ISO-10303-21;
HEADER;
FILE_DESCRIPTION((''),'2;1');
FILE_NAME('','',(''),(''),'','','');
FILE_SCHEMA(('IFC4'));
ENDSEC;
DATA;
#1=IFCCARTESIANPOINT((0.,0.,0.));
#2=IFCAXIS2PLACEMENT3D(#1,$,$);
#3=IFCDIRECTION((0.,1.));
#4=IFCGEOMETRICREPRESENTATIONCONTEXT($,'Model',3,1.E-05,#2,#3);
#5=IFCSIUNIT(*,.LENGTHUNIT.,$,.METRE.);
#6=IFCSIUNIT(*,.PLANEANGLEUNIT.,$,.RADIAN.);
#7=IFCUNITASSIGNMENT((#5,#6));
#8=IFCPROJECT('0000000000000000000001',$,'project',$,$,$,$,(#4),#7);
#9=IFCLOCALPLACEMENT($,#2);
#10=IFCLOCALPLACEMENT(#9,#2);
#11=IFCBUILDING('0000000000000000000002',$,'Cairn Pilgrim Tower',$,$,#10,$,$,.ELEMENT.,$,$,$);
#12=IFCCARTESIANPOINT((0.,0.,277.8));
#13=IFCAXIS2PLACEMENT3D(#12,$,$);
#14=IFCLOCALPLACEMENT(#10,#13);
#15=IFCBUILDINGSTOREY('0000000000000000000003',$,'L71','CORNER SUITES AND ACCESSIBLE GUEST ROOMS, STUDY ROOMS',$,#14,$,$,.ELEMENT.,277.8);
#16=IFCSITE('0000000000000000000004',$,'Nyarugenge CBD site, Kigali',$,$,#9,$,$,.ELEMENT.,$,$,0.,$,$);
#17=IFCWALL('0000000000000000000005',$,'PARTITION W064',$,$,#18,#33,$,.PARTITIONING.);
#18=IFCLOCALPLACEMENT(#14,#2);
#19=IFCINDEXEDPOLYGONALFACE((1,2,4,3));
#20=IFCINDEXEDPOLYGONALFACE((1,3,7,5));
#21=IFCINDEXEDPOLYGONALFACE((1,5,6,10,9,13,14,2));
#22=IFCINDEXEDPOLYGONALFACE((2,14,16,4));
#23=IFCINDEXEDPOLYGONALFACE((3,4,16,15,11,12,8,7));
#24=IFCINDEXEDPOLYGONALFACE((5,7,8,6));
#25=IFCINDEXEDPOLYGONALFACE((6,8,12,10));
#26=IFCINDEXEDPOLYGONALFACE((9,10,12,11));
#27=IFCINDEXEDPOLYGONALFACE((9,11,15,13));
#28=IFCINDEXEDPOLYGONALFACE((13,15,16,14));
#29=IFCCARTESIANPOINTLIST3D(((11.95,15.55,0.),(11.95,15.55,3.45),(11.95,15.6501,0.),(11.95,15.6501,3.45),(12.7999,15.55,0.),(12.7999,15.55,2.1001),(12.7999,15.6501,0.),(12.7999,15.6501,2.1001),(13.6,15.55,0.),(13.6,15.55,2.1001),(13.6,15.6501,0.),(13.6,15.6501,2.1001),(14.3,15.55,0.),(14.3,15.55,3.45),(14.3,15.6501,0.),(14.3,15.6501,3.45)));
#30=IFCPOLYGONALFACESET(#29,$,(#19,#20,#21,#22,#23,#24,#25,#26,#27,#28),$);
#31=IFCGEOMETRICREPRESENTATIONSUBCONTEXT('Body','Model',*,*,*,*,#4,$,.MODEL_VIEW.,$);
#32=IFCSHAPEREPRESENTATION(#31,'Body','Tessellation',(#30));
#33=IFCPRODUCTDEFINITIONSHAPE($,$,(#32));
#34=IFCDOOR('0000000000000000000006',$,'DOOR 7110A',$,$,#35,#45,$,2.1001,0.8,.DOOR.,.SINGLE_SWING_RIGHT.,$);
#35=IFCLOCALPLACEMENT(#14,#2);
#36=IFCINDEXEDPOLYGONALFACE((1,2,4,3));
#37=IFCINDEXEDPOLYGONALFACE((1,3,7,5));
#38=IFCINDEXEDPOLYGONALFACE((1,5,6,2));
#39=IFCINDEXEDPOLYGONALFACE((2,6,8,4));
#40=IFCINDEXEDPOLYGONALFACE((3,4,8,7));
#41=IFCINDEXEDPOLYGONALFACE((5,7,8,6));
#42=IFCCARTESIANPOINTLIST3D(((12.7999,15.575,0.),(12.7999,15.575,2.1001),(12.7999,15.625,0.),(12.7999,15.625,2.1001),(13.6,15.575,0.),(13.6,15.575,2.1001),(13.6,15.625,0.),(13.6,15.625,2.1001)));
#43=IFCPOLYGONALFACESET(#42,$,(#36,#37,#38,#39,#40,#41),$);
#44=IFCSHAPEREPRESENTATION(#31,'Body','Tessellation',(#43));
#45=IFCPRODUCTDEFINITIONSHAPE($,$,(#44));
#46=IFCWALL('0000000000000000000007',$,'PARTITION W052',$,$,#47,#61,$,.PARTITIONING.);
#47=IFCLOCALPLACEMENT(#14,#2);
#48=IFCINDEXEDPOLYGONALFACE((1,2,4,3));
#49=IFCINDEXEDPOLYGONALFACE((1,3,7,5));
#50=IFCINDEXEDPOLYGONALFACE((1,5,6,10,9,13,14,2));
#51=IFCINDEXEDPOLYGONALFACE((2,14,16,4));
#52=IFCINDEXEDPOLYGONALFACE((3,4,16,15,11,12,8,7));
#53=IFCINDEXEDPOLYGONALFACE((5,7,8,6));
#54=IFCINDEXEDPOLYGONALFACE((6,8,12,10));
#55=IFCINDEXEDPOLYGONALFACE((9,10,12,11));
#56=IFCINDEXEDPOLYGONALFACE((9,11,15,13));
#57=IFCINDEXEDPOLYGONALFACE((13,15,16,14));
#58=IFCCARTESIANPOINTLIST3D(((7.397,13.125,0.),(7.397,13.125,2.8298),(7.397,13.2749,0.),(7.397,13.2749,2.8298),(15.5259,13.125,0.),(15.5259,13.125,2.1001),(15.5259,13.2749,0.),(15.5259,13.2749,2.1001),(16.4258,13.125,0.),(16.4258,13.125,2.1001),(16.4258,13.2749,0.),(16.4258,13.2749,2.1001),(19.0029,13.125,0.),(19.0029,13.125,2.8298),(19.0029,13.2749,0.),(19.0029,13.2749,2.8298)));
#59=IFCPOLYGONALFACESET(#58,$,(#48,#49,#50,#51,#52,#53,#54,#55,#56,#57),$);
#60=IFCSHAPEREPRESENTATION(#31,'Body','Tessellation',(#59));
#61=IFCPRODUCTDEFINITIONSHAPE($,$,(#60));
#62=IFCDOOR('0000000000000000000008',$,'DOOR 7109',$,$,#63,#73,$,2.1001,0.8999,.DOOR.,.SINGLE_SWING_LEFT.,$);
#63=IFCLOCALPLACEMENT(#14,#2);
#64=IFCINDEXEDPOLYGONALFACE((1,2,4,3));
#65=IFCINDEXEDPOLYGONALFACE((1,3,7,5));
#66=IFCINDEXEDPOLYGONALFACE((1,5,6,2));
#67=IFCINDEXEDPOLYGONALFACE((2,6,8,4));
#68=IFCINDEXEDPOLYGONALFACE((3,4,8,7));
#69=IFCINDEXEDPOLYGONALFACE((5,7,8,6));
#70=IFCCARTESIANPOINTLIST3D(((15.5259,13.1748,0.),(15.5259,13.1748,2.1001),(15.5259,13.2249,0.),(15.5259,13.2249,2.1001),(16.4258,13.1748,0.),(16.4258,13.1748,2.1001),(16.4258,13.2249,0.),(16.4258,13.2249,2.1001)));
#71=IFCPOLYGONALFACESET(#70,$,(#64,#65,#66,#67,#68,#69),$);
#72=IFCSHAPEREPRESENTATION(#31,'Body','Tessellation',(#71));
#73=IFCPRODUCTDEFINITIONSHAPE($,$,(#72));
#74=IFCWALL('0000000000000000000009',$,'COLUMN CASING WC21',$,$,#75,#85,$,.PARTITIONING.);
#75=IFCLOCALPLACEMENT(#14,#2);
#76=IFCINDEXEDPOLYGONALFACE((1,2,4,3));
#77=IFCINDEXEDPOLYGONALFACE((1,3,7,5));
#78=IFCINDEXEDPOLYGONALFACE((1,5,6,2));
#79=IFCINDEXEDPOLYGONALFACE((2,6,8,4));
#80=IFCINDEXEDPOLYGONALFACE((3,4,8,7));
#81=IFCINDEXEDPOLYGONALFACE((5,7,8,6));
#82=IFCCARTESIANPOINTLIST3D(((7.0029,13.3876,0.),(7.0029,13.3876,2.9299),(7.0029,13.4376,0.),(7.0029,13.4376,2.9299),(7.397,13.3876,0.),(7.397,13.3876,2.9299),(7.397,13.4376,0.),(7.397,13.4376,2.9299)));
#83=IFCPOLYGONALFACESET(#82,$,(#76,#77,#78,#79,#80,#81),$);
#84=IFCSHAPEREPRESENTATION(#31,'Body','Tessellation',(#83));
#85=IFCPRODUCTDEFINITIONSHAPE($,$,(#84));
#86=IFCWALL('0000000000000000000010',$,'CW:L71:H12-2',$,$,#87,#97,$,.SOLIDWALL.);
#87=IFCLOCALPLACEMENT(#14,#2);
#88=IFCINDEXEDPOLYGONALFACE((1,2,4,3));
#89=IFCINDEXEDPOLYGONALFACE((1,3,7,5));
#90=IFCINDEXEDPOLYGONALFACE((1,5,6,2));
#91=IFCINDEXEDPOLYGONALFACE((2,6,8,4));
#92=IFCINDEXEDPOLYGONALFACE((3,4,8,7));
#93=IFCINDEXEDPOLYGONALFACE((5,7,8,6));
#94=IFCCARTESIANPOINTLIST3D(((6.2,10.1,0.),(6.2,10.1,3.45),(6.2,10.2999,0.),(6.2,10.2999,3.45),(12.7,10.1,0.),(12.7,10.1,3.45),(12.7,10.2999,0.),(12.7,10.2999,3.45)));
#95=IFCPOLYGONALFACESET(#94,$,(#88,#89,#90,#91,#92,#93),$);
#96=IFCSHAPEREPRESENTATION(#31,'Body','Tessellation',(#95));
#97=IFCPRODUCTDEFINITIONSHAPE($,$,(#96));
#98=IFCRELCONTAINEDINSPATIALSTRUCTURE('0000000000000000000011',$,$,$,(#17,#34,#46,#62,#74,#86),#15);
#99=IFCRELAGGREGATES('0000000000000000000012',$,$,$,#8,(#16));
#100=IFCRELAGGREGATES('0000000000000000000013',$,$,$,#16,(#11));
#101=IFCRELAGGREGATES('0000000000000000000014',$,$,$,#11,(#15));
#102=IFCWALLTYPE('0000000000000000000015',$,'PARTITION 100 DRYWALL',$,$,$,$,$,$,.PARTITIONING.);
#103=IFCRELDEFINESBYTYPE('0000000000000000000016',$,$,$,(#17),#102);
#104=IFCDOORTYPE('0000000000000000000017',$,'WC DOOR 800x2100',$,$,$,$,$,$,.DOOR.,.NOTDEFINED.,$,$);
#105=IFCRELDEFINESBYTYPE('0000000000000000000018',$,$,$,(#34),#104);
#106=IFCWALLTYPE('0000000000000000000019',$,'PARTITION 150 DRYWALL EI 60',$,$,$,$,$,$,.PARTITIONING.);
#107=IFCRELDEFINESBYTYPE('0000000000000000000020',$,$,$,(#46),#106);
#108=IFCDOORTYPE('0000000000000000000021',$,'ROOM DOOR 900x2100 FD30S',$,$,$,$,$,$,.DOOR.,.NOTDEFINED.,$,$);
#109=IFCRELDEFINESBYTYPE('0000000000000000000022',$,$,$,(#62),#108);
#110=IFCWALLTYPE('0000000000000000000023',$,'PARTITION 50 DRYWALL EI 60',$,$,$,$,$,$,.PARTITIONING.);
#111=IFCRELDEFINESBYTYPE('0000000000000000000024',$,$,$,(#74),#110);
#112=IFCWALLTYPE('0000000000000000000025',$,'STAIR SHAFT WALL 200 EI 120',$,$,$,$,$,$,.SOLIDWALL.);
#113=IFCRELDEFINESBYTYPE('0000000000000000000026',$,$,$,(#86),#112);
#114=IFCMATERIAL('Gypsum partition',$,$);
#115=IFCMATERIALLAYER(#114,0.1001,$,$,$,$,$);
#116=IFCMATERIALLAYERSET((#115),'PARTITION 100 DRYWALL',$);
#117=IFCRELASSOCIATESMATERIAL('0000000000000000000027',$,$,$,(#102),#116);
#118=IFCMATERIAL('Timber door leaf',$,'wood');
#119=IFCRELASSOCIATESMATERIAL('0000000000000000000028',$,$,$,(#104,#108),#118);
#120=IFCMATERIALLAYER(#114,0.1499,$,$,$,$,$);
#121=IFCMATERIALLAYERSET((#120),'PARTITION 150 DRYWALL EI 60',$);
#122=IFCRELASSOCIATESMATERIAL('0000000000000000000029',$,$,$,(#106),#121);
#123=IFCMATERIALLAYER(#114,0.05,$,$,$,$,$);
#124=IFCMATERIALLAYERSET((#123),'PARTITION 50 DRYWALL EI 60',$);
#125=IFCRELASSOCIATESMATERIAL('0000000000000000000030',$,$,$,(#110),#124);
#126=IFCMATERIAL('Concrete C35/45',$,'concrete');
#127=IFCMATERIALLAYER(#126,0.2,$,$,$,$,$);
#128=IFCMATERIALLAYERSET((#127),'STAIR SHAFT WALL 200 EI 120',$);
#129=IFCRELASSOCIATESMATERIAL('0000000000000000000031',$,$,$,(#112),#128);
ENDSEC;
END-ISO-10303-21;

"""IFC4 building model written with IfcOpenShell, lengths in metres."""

from ifc_helpers import new_model, si_unit, direction, frame, frame_2d, origin, place, context, subcontext, project, spatial, rectangle, extrude, material, layer, layer_set, type_object, element, fill, save


model = new_model("IFC4")

# Units and contexts
model_context = context("Model", 3, precision=1e-05, world=origin(), true_north=direction((0.0, 1.0)))
body_context = subcontext(model_context, "Body", "Model", "MODEL_VIEW")
ifc_project = project(units=[si_unit("LENGTHUNIT", "METRE"), si_unit("PLANEANGLEUNIT", "RADIAN")], contexts=[model_context])

# Site, building, storey
site_placement = place(None, origin())
site = spatial("IfcSite", under=ifc_project, at=site_placement, Name="Nyarugenge CBD site, Kigali", CompositionType="ELEMENT", RefElevation=0.0)
building_placement = place(site_placement, origin())
building = spatial("IfcBuilding", under=site, at=building_placement, Name="Cairn Pilgrim Tower", CompositionType="ELEMENT")
storey_placement = place(building_placement, frame((0.0, 0.0, 277.8)))
storey = spatial("IfcBuildingStorey", under=building, at=storey_placement, Name="L71", Description="CORNER SUITES AND ACCESSIBLE GUEST ROOMS, STUDY ROOMS", CompositionType="ELEMENT", Elevation=277.8)

# Walls, openings, doors
ifc_material_1 = material(Name="Gypsum partition")
ifc_layer_1 = layer(ifc_material_1, 0.1001)
ifc_layer_set_1 = layer_set([ifc_layer_1], Name="PARTITION 100 DRYWALL")
wall_type_1 = type_object("IfcWallType", Name="PARTITION 100 DRYWALL", PredefinedType="PARTITIONING", material=ifc_layer_set_1)
wall_1_placement = place(storey_placement, frame((11.95, 15.6001, 0.0), z_axis=(0.0, 0.0, 1.0), x_axis=(1.0, 0.0, 0.0)))
wall_1 = element("IfcWall", 1, at=wall_1_placement, inside=storey, type_object=wall_type_1, Name="PARTITION W064", PredefinedType="PARTITIONING", context=body_context, shape_type="SweptSolid", body=[
    extrude(rectangle(XDim=2.3501, YDim=0.1001, at=frame_2d((1.175, 0.0))), origin(), (0.0, 0.0, 1.0), 3.45),
])
opening_1_placement = place(wall_1_placement, frame((0.8501, 0.0, 0.0)))
opening_1 = element("IfcOpeningElement", 2, at=opening_1_placement, cuts=wall_1, PredefinedType="OPENING", context=body_context, shape_type="SweptSolid", body=[
    extrude(rectangle(XDim=0.8, YDim=2.1001, at=frame_2d((0.3999, 1.05))), frame((0.0, 0.0601, 0.0), z_axis=(0.0, -1.0, 0.0), x_axis=(1.0, 0.0, 0.0)), (0.0, 0.0, 1.0), 0.1201),
])
ifc_material_2 = material(Name="Timber door leaf", Category="wood")
door_type_1 = type_object("IfcDoorType", Name="WC DOOR 800x2100", OperationType="NOTDEFINED", PredefinedType="DOOR", material=ifc_material_2)
door_1_placement = place(opening_1_placement, origin())
door_1 = element("IfcDoor", 3, at=door_1_placement, inside=storey, type_object=door_type_1, Name="DOOR 7110A", OperationType="SINGLE_SWING_RIGHT", OverallHeight=2.1001, OverallWidth=0.8, PredefinedType="DOOR", context=body_context, shape_type="SweptSolid", body=[
    extrude(rectangle(XDim=0.8, YDim=2.1001, at=frame_2d((0.3999, 1.05))), frame((0.0, 0.0249, 0.0), z_axis=(0.0, -1.0, 0.0), x_axis=(1.0, 0.0, 0.0)), (0.0, 0.0, 1.0), 0.05),
])
fill(opening_1, door_1)
ifc_layer_2 = layer(ifc_material_1, 0.1499)
ifc_layer_set_2 = layer_set([ifc_layer_2], Name="PARTITION 150 DRYWALL EI 60")
wall_type_2 = type_object("IfcWallType", Name="PARTITION 150 DRYWALL EI 60", PredefinedType="PARTITIONING", material=ifc_layer_set_2)
wall_2_placement = place(storey_placement, frame((7.397, 13.2, 0.0), z_axis=(0.0, 0.0, 1.0), x_axis=(1.0, 0.0, 0.0)))
wall_2 = element("IfcWall", 4, at=wall_2_placement, inside=storey, type_object=wall_type_2, Name="PARTITION W052", PredefinedType="PARTITIONING", context=body_context, shape_type="SweptSolid", body=[
    extrude(rectangle(XDim=11.606, YDim=0.1499, at=frame_2d((5.803, 0.0))), origin(), (0.0, 0.0, 1.0), 2.8298),
])
opening_2_placement = place(wall_2_placement, frame((8.1289, 0.0, 0.0)))
opening_2 = element("IfcOpeningElement", 5, at=opening_2_placement, cuts=wall_2, PredefinedType="OPENING", context=body_context, shape_type="SweptSolid", body=[
    extrude(rectangle(XDim=0.8999, YDim=2.1001, at=frame_2d((0.45, 1.05))), frame((0.0, 0.085, 0.0), z_axis=(0.0, -1.0, 0.0), x_axis=(1.0, 0.0, 0.0)), (0.0, 0.0, 1.0), 0.1699),
])
door_type_2 = type_object("IfcDoorType", Name="ROOM DOOR 900x2100 FD30S", OperationType="NOTDEFINED", PredefinedType="DOOR", material=ifc_material_2)
door_2_placement = place(opening_2_placement, origin())
door_2 = element("IfcDoor", 6, at=door_2_placement, inside=storey, type_object=door_type_2, Name="DOOR 7109", OperationType="SINGLE_SWING_LEFT", OverallHeight=2.1001, OverallWidth=0.8999, PredefinedType="DOOR", context=body_context, shape_type="SweptSolid", body=[
    extrude(rectangle(XDim=0.8999, YDim=2.1001, at=frame_2d((0.45, 1.05))), frame((0.0, 0.0249, 0.0), z_axis=(0.0, -1.0, 0.0), x_axis=(1.0, 0.0, 0.0)), (0.0, 0.0, 1.0), 0.05),
])
fill(opening_2, door_2)

# Walls
ifc_layer_3 = layer(ifc_material_1, 0.05)
ifc_layer_set_3 = layer_set([ifc_layer_3], Name="PARTITION 50 DRYWALL EI 60")
wall_type_3 = type_object("IfcWallType", Name="PARTITION 50 DRYWALL EI 60", PredefinedType="PARTITIONING", material=ifc_layer_set_3)
wall_3_placement = place(storey_placement, frame((7.0029, 13.4126, 0.0), z_axis=(0.0, 0.0, 1.0), x_axis=(1.0, 0.0, 0.0)))
element("IfcWall", 7, at=wall_3_placement, inside=storey, type_object=wall_type_3, Name="COLUMN CASING WC21", PredefinedType="PARTITIONING", context=body_context, shape_type="SweptSolid", body=[
    extrude(rectangle(XDim=0.394, YDim=0.05, at=frame_2d((0.197, 0.0))), origin(), (0.0, 0.0, 1.0), 2.9299),
])
ifc_material_3 = material(Name="Concrete C35/45", Category="concrete")
ifc_layer_4 = layer(ifc_material_3, 0.2)
ifc_layer_set_4 = layer_set([ifc_layer_4], Name="STAIR SHAFT WALL 200 EI 120")
wall_type_4 = type_object("IfcWallType", Name="STAIR SHAFT WALL 200 EI 120", PredefinedType="SOLIDWALL", material=ifc_layer_set_4)
wall_4_placement = place(storey_placement, frame((6.2, 10.2, 0.0), z_axis=(0.0, 0.0, 1.0), x_axis=(1.0, 0.0, 0.0)))
element("IfcWall", 8, at=wall_4_placement, inside=storey, type_object=wall_type_4, Name="CW:L71:H12-2", PredefinedType="SOLIDWALL", context=body_context, shape_type="SweptSolid", body=[
    extrude(rectangle(XDim=6.5, YDim=0.2, at=frame_2d((3.25, 0.0))), origin(), (0.0, 0.0, 1.0), 3.45),
])

save(model, "model.ifc")
